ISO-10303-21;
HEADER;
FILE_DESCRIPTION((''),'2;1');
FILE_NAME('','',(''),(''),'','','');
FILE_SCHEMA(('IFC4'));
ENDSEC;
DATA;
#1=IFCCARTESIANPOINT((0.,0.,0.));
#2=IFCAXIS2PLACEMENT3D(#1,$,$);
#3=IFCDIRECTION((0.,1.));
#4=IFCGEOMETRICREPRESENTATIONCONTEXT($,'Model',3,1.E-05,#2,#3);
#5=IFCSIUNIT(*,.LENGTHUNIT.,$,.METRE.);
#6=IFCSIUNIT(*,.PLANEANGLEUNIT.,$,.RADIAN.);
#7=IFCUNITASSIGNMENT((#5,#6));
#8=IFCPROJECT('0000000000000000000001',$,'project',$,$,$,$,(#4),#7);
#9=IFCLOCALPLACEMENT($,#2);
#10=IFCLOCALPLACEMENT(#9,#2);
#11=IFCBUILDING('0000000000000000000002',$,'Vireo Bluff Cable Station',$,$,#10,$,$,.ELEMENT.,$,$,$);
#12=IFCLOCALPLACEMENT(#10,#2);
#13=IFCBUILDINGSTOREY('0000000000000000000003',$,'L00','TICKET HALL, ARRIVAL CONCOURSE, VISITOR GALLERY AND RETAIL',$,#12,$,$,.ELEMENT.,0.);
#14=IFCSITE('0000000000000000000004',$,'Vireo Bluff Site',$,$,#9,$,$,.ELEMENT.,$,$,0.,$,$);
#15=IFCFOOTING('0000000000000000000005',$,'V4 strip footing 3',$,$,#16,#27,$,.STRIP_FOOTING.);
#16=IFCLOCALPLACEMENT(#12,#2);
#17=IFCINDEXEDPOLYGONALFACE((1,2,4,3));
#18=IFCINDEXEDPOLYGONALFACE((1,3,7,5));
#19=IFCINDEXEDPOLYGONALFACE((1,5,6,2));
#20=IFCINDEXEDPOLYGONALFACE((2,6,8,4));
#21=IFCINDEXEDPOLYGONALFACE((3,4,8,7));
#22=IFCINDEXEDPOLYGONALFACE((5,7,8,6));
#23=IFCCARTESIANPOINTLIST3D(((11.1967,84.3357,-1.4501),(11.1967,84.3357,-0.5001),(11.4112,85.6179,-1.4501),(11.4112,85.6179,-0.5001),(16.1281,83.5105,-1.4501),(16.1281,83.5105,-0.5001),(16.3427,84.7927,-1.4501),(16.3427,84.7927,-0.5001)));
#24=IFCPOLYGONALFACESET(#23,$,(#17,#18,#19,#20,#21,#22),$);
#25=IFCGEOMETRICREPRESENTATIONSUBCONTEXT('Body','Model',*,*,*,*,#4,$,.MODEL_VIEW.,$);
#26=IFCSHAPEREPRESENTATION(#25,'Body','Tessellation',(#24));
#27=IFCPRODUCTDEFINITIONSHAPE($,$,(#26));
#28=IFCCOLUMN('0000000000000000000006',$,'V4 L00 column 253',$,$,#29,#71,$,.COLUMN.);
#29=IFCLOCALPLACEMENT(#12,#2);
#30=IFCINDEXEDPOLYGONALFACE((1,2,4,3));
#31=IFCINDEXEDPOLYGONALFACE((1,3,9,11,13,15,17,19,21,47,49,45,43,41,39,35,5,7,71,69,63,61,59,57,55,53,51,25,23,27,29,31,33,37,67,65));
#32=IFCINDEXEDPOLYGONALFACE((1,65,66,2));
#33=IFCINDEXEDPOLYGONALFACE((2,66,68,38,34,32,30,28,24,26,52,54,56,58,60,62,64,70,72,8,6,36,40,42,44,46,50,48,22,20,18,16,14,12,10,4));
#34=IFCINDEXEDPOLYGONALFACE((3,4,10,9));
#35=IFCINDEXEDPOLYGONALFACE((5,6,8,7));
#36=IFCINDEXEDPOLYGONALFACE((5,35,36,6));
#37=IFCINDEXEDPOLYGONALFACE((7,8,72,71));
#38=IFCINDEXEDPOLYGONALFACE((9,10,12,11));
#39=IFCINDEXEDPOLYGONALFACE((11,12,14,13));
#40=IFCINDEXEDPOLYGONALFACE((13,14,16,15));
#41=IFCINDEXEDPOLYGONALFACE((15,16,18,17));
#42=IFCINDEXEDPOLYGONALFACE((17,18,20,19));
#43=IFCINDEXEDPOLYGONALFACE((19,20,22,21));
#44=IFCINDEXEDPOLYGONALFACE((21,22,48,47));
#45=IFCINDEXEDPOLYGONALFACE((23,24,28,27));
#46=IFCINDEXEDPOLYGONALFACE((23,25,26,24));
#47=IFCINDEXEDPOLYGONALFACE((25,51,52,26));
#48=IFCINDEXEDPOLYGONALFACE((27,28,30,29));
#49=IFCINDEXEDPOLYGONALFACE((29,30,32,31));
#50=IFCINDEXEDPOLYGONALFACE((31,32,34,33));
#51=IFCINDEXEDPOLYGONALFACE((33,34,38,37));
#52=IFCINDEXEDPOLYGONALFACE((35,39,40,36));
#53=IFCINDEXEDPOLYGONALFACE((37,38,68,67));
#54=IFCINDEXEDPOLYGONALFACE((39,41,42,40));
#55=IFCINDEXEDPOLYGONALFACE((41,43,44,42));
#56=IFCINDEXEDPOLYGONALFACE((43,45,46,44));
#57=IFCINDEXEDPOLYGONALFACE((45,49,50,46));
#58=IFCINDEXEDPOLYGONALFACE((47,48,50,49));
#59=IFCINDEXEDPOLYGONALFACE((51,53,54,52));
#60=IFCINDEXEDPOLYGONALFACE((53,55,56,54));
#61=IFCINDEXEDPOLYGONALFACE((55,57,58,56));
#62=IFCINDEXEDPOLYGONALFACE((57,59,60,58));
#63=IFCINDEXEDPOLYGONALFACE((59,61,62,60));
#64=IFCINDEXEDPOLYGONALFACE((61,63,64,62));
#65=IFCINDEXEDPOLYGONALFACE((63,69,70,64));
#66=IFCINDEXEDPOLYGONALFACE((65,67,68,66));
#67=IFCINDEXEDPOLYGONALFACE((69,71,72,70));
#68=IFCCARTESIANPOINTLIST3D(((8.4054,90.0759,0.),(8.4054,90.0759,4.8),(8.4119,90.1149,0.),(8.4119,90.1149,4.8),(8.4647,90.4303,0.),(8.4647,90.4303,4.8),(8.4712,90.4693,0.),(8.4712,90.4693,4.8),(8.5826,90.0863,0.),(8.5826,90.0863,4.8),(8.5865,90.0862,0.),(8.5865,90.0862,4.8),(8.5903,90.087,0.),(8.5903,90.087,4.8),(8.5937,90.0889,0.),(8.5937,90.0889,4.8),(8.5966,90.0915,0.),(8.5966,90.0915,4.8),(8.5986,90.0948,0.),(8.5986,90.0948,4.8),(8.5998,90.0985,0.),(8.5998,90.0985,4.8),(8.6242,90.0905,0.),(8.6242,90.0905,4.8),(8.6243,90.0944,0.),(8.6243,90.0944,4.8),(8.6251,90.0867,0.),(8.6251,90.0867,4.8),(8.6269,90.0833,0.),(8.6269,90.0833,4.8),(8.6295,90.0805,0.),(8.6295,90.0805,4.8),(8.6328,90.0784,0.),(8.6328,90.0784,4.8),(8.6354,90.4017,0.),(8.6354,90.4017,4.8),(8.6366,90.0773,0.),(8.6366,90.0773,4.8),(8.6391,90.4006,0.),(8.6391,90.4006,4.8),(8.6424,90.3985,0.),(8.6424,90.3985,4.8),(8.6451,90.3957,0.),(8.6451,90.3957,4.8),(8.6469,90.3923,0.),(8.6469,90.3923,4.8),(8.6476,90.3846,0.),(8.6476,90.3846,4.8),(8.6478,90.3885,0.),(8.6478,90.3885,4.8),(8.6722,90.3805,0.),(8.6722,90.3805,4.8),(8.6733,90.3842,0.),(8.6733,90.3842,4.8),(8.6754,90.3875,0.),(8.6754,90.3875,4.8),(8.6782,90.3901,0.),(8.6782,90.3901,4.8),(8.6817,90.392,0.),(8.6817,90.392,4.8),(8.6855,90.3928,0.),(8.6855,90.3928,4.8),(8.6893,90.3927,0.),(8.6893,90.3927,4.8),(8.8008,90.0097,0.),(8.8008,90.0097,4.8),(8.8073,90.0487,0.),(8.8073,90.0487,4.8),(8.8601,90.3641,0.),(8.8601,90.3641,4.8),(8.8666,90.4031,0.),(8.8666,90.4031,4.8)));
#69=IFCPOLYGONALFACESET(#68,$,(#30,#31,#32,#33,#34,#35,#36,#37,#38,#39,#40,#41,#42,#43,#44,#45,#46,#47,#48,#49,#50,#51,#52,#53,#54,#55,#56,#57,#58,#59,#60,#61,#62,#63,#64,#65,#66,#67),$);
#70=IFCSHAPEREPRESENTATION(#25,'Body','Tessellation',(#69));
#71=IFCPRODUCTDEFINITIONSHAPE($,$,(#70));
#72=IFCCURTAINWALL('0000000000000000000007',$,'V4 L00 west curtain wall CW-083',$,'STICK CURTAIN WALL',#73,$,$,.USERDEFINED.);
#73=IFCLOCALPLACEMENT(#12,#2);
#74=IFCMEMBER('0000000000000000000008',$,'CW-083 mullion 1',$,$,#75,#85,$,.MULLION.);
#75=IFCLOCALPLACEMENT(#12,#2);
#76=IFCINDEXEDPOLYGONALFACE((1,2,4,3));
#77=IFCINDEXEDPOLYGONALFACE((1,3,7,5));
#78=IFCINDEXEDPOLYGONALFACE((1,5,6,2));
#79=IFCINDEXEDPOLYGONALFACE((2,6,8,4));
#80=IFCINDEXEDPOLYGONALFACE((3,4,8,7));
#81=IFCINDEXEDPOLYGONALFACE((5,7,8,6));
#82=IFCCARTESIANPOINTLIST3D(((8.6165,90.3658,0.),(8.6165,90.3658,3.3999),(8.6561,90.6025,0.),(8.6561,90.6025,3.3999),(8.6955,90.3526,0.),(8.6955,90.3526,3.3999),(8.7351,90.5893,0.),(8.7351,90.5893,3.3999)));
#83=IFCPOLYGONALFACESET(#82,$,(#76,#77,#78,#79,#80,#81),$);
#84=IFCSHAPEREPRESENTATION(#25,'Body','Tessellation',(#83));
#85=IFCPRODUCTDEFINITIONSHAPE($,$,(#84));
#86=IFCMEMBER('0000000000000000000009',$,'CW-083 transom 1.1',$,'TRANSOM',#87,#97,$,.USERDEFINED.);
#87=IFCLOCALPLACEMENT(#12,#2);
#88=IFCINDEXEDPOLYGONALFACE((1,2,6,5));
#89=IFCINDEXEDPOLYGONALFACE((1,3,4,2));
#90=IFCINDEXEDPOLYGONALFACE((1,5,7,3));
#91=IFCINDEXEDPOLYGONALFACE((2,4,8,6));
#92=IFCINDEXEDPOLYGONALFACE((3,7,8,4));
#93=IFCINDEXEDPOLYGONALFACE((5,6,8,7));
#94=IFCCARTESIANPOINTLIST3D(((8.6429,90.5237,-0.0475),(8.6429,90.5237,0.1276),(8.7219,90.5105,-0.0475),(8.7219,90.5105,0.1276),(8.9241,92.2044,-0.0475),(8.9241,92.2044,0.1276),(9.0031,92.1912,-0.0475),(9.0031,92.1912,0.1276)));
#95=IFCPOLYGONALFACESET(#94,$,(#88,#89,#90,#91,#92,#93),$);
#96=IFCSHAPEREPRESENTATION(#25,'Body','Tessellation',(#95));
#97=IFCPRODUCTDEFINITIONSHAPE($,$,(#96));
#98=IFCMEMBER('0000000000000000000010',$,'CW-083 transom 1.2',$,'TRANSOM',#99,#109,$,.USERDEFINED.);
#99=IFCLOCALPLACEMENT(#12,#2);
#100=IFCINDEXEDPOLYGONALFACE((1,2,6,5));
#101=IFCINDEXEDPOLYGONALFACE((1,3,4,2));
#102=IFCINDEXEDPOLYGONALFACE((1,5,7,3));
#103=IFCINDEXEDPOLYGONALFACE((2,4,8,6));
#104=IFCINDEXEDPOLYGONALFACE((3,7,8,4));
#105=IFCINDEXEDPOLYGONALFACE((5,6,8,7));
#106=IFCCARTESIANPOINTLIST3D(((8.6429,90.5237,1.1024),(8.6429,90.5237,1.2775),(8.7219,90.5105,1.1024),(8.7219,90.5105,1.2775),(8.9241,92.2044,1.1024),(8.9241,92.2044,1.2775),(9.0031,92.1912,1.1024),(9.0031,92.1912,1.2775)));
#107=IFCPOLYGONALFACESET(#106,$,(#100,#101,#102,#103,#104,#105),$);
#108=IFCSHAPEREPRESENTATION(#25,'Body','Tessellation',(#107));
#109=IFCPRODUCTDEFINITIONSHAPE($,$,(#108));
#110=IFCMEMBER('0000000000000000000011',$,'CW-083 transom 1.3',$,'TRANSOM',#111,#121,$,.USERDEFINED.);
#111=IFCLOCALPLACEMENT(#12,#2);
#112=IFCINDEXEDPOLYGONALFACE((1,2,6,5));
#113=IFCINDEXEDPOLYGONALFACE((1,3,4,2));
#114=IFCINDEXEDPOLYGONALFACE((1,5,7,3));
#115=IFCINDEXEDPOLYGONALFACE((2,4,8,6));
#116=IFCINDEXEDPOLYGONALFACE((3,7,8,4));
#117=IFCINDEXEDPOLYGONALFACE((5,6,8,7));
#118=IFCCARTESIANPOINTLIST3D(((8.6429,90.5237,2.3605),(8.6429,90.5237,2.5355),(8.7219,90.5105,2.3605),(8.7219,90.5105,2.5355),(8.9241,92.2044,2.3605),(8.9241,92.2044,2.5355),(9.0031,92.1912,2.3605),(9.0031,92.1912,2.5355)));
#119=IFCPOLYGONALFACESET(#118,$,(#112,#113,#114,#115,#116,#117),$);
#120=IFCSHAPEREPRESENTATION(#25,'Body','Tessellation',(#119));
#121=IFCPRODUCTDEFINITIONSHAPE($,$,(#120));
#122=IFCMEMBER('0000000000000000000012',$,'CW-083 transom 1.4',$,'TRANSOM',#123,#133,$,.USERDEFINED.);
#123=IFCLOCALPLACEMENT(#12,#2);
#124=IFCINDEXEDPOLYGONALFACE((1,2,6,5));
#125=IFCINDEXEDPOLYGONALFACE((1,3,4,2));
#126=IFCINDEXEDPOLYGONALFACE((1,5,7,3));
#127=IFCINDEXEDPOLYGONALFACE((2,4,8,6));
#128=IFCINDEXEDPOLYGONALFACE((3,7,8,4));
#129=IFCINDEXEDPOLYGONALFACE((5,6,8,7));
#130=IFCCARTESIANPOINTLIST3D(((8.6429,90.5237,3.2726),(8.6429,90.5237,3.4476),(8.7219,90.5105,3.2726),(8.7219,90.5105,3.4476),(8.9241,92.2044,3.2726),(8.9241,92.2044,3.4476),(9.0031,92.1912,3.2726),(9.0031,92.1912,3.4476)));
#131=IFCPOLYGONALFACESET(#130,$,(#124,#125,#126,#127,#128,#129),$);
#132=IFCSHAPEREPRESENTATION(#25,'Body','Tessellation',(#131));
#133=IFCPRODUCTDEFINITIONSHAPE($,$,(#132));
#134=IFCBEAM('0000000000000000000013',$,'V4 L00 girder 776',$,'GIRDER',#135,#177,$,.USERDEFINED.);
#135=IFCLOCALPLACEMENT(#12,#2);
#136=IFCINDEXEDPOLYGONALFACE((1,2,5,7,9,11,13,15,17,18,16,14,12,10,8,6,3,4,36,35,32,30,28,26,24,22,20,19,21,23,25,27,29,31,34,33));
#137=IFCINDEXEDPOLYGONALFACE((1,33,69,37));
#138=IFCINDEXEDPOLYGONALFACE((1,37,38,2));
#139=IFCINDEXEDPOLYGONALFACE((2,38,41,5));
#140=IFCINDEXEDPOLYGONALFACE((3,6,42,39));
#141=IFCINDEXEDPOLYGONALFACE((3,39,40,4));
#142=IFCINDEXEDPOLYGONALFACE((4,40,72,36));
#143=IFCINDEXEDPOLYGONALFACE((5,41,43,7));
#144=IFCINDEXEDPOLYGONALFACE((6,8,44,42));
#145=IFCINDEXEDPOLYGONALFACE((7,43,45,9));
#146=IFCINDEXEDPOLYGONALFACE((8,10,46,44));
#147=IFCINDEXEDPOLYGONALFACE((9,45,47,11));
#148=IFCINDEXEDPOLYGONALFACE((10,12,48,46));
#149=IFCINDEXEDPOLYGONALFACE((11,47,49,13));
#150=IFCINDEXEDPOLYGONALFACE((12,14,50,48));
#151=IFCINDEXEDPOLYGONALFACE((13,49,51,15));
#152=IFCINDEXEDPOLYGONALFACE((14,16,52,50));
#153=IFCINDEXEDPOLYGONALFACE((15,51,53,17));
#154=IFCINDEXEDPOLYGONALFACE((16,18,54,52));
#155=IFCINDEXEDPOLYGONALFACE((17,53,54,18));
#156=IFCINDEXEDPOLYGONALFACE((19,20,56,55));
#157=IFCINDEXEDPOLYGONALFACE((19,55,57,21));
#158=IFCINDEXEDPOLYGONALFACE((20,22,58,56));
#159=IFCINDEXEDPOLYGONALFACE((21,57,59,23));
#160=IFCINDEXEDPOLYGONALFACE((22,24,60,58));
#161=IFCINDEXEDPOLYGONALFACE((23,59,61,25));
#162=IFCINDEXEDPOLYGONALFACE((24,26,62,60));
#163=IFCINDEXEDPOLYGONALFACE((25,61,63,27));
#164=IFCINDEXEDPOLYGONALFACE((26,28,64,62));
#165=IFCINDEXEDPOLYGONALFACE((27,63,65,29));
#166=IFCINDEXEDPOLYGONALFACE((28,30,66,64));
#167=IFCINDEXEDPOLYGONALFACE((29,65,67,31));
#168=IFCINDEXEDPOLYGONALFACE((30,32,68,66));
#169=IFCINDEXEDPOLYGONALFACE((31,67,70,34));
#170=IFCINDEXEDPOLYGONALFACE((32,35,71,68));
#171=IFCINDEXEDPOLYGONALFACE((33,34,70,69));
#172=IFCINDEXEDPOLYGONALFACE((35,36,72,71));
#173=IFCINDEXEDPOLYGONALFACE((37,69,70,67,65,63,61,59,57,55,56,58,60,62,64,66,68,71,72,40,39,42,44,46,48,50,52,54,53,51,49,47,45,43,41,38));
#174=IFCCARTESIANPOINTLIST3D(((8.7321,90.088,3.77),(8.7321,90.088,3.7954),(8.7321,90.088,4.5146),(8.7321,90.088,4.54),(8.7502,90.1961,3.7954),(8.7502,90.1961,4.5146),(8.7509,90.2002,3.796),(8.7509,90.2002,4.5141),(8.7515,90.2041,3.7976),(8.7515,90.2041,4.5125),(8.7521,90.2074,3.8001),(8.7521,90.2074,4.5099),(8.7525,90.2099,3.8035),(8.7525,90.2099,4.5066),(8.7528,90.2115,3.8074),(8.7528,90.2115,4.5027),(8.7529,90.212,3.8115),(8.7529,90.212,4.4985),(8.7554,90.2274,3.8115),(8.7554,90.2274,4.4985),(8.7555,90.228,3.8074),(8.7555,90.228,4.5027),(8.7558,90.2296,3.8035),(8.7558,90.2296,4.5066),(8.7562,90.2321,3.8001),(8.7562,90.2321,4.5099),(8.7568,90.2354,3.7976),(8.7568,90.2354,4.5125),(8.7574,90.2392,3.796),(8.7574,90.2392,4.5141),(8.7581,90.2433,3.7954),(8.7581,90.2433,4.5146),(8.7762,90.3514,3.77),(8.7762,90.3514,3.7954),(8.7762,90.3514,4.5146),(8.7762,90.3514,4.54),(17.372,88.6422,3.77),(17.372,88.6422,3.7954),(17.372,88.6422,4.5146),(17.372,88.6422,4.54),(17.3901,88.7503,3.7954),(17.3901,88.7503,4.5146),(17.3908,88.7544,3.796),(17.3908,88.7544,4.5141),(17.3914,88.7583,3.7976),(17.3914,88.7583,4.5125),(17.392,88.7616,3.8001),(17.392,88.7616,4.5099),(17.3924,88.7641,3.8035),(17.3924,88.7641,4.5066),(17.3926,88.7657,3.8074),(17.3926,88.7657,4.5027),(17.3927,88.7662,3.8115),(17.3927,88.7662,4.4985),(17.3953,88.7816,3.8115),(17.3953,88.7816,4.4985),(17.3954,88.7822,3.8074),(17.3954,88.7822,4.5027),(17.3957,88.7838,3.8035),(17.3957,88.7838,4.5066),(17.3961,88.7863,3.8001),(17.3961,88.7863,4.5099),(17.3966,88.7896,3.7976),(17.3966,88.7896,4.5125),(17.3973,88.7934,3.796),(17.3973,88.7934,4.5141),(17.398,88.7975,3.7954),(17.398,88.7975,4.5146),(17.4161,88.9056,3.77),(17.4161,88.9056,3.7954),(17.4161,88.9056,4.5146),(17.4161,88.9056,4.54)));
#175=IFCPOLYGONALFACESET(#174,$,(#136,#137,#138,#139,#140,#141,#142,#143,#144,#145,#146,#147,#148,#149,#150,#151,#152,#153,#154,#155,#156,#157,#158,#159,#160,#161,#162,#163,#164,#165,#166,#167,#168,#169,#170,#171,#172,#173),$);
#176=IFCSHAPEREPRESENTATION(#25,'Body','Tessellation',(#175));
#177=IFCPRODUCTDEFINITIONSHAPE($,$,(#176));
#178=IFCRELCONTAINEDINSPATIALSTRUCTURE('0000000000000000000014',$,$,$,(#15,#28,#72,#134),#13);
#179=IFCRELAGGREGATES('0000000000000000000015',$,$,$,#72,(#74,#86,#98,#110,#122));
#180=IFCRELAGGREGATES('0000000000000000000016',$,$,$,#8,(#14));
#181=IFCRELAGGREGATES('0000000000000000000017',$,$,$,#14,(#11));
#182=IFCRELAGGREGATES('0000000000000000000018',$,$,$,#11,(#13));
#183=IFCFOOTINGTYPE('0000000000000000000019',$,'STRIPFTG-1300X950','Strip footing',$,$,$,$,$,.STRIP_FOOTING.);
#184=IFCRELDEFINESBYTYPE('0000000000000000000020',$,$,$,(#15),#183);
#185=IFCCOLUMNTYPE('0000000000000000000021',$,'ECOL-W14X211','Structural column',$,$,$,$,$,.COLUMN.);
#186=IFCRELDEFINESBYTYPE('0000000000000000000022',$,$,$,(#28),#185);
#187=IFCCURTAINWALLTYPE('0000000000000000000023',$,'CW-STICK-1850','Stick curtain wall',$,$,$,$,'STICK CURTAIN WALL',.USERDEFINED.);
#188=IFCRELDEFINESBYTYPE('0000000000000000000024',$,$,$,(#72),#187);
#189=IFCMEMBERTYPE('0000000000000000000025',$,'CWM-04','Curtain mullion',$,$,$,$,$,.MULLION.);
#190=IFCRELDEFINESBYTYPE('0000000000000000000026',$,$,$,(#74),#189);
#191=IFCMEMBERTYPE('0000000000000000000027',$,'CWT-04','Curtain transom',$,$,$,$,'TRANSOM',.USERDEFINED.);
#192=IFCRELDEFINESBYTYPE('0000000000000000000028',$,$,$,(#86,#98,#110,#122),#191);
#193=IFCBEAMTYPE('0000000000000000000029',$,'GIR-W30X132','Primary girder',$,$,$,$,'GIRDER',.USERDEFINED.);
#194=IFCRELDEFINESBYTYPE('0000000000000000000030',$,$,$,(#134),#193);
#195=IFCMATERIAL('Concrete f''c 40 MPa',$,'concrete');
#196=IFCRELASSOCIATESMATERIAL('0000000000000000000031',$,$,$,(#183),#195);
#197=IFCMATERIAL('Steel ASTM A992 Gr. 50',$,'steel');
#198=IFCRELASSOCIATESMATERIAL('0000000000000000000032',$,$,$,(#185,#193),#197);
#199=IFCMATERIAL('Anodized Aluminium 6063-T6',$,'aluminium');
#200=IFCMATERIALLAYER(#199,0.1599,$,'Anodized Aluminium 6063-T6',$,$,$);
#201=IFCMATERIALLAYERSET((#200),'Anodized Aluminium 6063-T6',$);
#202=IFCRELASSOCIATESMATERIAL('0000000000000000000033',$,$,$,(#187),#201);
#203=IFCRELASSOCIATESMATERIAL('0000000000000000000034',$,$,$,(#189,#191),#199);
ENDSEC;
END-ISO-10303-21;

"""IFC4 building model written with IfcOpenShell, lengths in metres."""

from ifc_helpers import new_model, si_unit, direction, frame, origin, origin_2d, place, context, subcontext, project, spatial, rectangle, i_section, extrude, material, layer, layer_set, material_profile, profile_set, type_object, element, aggregate, save


model = new_model("IFC4")

# Units and contexts
model_context = context("Model", 3, precision=1e-05, world=origin(), true_north=direction((0.0, 1.0)))
body_context = subcontext(model_context, "Body", "Model", "MODEL_VIEW")
ifc_project = project(units=[si_unit("LENGTHUNIT", "METRE"), si_unit("PLANEANGLEUNIT", "RADIAN")], contexts=[model_context])

# Site, building, storey
site_placement = place(None, origin())
site = spatial("IfcSite", under=ifc_project, at=site_placement, Name="Vireo Bluff Site", CompositionType="ELEMENT", RefElevation=0.0)
building_placement = place(site_placement, origin())
building = spatial("IfcBuilding", under=site, at=building_placement, Name="Vireo Bluff Cable Station", CompositionType="ELEMENT")
storey_placement = place(building_placement, origin())
storey = spatial("IfcBuildingStorey", under=building, at=storey_placement, Name="L00", Description="TICKET HALL, ARRIVAL CONCOURSE, VISITOR GALLERY AND RETAIL", CompositionType="ELEMENT", Elevation=0.0)

# Footing
ifc_material_1 = material(Name="Concrete f'c 40 MPa", Category="concrete")
ifc_material_profile_1 = material_profile(ifc_material_1, rectangle(XDim=1.3, YDim=0.95, at=origin_2d()), Name="STRIPFTG-1300X950")
ifc_profile_set_1 = profile_set([ifc_material_profile_1], Name="Concrete f'c 40 MPa")
footing_type_1 = type_object("IfcFootingType", Name="STRIPFTG-1300X950", Description="Strip footing", PredefinedType="STRIP_FOOTING", material=ifc_profile_set_1)
footing_1_placement = place(storey_placement, frame((11.304, 84.9768, -0.9751), z_axis=(0.986287, -0.16504, 0.0), x_axis=(0.16504, 0.986287, 0.0)))
element("IfcFooting", 1, at=footing_1_placement, inside=storey, type_object=footing_type_1, Name="V4 strip footing 3", PredefinedType="STRIP_FOOTING", context=body_context, shape_type="SweptSolid", body=[
    extrude(rectangle(XDim=1.3, YDim=0.95, at=origin_2d()), origin(), (0.0, 0.0, 1.0), 5.0),
])

# Column
ifc_material_2 = material(Name="Steel ASTM A992 Gr. 50", Category="steel")
ifc_material_profile_2 = material_profile(ifc_material_2, i_section(OverallWidth=0.4009, OverallDepth=0.3989, WebThickness=0.0249, FlangeThickness=0.0396, FilletRadius=0.0149, at=origin_2d()), Name="W14X211")
ifc_profile_set_2 = profile_set([ifc_material_profile_2], Name="Steel ASTM A992 Gr. 50")
column_type = type_object("IfcColumnType", Name="ECOL-W14X211", Description="Structural column", PredefinedType="COLUMN", material=ifc_profile_set_2)
column_placement = place(storey_placement, frame((8.636, 90.2395, 0.0), z_axis=(0.0, 0.0, 1.0), x_axis=(0.986286, -0.165048, 0.0)))
element("IfcColumn", 2, at=column_placement, inside=storey, type_object=column_type, Name="V4 L00 column 253", PredefinedType="COLUMN", context=body_context, shape_type="SweptSolid", body=[
    extrude(i_section(OverallWidth=0.4009, OverallDepth=0.3989, WebThickness=0.0249, FlangeThickness=0.0396, FilletRadius=0.0149, at=origin_2d()), origin(), (0.0, 0.0, 1.0), 4.8),
])

# Curtain wall, members
ifc_material_3 = material(Name="Anodized Aluminium 6063-T6", Category="aluminium")
ifc_layer_1 = layer(ifc_material_3, 0.1599, Name="Anodized Aluminium 6063-T6")
ifc_layer_set_1 = layer_set([ifc_layer_1], Name="Anodized Aluminium 6063-T6")
curtain_wall_type = type_object("IfcCurtainWallType", Name="CW-STICK-1850", Description="Stick curtain wall", ElementType="STICK CURTAIN WALL", PredefinedType="USERDEFINED", material=ifc_layer_set_1)
curtain_wall_placement = place(storey_placement, origin())
curtain_wall = element("IfcCurtainWall", 3, at=curtain_wall_placement, inside=storey, type_object=curtain_wall_type, Name="V4 L00 west curtain wall CW-083", ObjectType="STICK CURTAIN WALL", PredefinedType="USERDEFINED")
ifc_material_profile_3 = material_profile(ifc_material_3, rectangle(XDim=0.0801, YDim=0.24, at=origin_2d()), Name="ALU-M-80X240")
ifc_profile_set_3 = profile_set([ifc_material_profile_3], Name="Anodized Aluminium 6063-T6")
member_type_1 = type_object("IfcMemberType", Name="CWM-04", Description="Curtain mullion", PredefinedType="MULLION", material=ifc_profile_set_3)
member_1_placement = place(storey_placement, frame((8.6758, 90.4775, 0.0), z_axis=(0.0, 0.0, 1.0), x_axis=(-0.986286, 0.165048, 0.0)))
member_1 = element("IfcMember", 4, at=member_1_placement, type_object=member_type_1, Name="CW-083 mullion 1", PredefinedType="MULLION", context=body_context, shape_type="SweptSolid", body=[
    extrude(rectangle(XDim=0.0801, YDim=0.24, at=origin_2d()), origin(), (0.0, 0.0, 1.0), 3.3999),
])
ifc_material_profile_4 = material_profile(ifc_material_3, rectangle(XDim=0.0801, YDim=0.175, at=origin_2d()), Name="ALU-T-80X175")
ifc_profile_set_4 = profile_set([ifc_material_profile_4], Name="Anodized Aluminium 6063-T6")
member_type_2 = type_object("IfcMemberType", Name="CWT-04", Description="Curtain transom", ElementType="TRANSOM", PredefinedType="USERDEFINED", material=ifc_profile_set_4)
member_2_placement = place(storey_placement, frame((8.6824, 90.5171, 0.04), z_axis=(0.165049, 0.986285, 0.0), x_axis=(-0.986285, 0.165049, 0.0)))
member_2 = element("IfcMember", 5, at=member_2_placement, type_object=member_type_2, Name="CW-083 transom 1.1", ObjectType="TRANSOM", PredefinedType="USERDEFINED", context=body_context, shape_type="SweptSolid", body=[
    extrude(rectangle(XDim=0.0801, YDim=0.175, at=origin_2d()), origin(), (0.0, 0.0, 1.0), 1.7041),
])
member_3_placement = place(storey_placement, frame((8.6824, 90.5171, 1.1899), z_axis=(0.165049, 0.986285, 0.0), x_axis=(-0.986285, 0.165049, 0.0)))
member_3 = element("IfcMember", 6, at=member_3_placement, type_object=member_type_2, Name="CW-083 transom 1.2", ObjectType="TRANSOM", PredefinedType="USERDEFINED", context=body_context, shape_type="SweptSolid", body=[
    extrude(rectangle(XDim=0.0801, YDim=0.175, at=origin_2d()), origin(), (0.0, 0.0, 1.0), 1.7041),
])
member_4_placement = place(storey_placement, frame((8.6824, 90.5171, 2.448), z_axis=(0.165049, 0.986285, 0.0), x_axis=(-0.986285, 0.165049, 0.0)))
member_4 = element("IfcMember", 7, at=member_4_placement, type_object=member_type_2, Name="CW-083 transom 1.3", ObjectType="TRANSOM", PredefinedType="USERDEFINED", context=body_context, shape_type="SweptSolid", body=[
    extrude(rectangle(XDim=0.0801, YDim=0.175, at=origin_2d()), origin(), (0.0, 0.0, 1.0), 1.7041),
])
member_5_placement = place(storey_placement, frame((8.6824, 90.5171, 3.3601), z_axis=(0.165049, 0.986285, 0.0), x_axis=(-0.986285, 0.165049, 0.0)))
member_5 = element("IfcMember", 8, at=member_5_placement, type_object=member_type_2, Name="CW-083 transom 1.4", ObjectType="TRANSOM", PredefinedType="USERDEFINED", context=body_context, shape_type="SweptSolid", body=[
    extrude(rectangle(XDim=0.0801, YDim=0.175, at=origin_2d()), origin(), (0.0, 0.0, 1.0), 1.7041),
])

# Beam
ifc_material_profile_5 = material_profile(ifc_material_2, i_section(OverallWidth=0.2671, OverallDepth=0.77, WebThickness=0.0156, FlangeThickness=0.0254, FilletRadius=0.0161, at=origin_2d()), Name="W30X132")
ifc_profile_set_5 = profile_set([ifc_material_profile_5], Name="Steel ASTM A992 Gr. 50")
beam_type_1 = type_object("IfcBeamType", Name="GIR-W30X132", Description="Primary girder", ElementType="GIRDER", PredefinedType="USERDEFINED", material=ifc_profile_set_5)
beam_1_placement = place(storey_placement, frame((8.7542, 90.2197, 4.155), z_axis=(0.986286, -0.165045, 0.0), x_axis=(0.165045, 0.986286, 0.0)))
element("IfcBeam", 9, at=beam_1_placement, inside=storey, type_object=beam_type_1, Name="V4 L00 girder 776", ObjectType="GIRDER", PredefinedType="USERDEFINED", context=body_context, shape_type="SweptSolid", body=[
    extrude(i_section(OverallWidth=0.2671, OverallDepth=0.77, WebThickness=0.0156, FlangeThickness=0.0254, FilletRadius=0.0161, at=origin_2d()), origin(), (0.0, 0.0, 1.0), 8.76),
])

aggregate(curtain_wall, [member_1, member_2, member_3, member_4, member_5])

save(model, "model.ifc")
